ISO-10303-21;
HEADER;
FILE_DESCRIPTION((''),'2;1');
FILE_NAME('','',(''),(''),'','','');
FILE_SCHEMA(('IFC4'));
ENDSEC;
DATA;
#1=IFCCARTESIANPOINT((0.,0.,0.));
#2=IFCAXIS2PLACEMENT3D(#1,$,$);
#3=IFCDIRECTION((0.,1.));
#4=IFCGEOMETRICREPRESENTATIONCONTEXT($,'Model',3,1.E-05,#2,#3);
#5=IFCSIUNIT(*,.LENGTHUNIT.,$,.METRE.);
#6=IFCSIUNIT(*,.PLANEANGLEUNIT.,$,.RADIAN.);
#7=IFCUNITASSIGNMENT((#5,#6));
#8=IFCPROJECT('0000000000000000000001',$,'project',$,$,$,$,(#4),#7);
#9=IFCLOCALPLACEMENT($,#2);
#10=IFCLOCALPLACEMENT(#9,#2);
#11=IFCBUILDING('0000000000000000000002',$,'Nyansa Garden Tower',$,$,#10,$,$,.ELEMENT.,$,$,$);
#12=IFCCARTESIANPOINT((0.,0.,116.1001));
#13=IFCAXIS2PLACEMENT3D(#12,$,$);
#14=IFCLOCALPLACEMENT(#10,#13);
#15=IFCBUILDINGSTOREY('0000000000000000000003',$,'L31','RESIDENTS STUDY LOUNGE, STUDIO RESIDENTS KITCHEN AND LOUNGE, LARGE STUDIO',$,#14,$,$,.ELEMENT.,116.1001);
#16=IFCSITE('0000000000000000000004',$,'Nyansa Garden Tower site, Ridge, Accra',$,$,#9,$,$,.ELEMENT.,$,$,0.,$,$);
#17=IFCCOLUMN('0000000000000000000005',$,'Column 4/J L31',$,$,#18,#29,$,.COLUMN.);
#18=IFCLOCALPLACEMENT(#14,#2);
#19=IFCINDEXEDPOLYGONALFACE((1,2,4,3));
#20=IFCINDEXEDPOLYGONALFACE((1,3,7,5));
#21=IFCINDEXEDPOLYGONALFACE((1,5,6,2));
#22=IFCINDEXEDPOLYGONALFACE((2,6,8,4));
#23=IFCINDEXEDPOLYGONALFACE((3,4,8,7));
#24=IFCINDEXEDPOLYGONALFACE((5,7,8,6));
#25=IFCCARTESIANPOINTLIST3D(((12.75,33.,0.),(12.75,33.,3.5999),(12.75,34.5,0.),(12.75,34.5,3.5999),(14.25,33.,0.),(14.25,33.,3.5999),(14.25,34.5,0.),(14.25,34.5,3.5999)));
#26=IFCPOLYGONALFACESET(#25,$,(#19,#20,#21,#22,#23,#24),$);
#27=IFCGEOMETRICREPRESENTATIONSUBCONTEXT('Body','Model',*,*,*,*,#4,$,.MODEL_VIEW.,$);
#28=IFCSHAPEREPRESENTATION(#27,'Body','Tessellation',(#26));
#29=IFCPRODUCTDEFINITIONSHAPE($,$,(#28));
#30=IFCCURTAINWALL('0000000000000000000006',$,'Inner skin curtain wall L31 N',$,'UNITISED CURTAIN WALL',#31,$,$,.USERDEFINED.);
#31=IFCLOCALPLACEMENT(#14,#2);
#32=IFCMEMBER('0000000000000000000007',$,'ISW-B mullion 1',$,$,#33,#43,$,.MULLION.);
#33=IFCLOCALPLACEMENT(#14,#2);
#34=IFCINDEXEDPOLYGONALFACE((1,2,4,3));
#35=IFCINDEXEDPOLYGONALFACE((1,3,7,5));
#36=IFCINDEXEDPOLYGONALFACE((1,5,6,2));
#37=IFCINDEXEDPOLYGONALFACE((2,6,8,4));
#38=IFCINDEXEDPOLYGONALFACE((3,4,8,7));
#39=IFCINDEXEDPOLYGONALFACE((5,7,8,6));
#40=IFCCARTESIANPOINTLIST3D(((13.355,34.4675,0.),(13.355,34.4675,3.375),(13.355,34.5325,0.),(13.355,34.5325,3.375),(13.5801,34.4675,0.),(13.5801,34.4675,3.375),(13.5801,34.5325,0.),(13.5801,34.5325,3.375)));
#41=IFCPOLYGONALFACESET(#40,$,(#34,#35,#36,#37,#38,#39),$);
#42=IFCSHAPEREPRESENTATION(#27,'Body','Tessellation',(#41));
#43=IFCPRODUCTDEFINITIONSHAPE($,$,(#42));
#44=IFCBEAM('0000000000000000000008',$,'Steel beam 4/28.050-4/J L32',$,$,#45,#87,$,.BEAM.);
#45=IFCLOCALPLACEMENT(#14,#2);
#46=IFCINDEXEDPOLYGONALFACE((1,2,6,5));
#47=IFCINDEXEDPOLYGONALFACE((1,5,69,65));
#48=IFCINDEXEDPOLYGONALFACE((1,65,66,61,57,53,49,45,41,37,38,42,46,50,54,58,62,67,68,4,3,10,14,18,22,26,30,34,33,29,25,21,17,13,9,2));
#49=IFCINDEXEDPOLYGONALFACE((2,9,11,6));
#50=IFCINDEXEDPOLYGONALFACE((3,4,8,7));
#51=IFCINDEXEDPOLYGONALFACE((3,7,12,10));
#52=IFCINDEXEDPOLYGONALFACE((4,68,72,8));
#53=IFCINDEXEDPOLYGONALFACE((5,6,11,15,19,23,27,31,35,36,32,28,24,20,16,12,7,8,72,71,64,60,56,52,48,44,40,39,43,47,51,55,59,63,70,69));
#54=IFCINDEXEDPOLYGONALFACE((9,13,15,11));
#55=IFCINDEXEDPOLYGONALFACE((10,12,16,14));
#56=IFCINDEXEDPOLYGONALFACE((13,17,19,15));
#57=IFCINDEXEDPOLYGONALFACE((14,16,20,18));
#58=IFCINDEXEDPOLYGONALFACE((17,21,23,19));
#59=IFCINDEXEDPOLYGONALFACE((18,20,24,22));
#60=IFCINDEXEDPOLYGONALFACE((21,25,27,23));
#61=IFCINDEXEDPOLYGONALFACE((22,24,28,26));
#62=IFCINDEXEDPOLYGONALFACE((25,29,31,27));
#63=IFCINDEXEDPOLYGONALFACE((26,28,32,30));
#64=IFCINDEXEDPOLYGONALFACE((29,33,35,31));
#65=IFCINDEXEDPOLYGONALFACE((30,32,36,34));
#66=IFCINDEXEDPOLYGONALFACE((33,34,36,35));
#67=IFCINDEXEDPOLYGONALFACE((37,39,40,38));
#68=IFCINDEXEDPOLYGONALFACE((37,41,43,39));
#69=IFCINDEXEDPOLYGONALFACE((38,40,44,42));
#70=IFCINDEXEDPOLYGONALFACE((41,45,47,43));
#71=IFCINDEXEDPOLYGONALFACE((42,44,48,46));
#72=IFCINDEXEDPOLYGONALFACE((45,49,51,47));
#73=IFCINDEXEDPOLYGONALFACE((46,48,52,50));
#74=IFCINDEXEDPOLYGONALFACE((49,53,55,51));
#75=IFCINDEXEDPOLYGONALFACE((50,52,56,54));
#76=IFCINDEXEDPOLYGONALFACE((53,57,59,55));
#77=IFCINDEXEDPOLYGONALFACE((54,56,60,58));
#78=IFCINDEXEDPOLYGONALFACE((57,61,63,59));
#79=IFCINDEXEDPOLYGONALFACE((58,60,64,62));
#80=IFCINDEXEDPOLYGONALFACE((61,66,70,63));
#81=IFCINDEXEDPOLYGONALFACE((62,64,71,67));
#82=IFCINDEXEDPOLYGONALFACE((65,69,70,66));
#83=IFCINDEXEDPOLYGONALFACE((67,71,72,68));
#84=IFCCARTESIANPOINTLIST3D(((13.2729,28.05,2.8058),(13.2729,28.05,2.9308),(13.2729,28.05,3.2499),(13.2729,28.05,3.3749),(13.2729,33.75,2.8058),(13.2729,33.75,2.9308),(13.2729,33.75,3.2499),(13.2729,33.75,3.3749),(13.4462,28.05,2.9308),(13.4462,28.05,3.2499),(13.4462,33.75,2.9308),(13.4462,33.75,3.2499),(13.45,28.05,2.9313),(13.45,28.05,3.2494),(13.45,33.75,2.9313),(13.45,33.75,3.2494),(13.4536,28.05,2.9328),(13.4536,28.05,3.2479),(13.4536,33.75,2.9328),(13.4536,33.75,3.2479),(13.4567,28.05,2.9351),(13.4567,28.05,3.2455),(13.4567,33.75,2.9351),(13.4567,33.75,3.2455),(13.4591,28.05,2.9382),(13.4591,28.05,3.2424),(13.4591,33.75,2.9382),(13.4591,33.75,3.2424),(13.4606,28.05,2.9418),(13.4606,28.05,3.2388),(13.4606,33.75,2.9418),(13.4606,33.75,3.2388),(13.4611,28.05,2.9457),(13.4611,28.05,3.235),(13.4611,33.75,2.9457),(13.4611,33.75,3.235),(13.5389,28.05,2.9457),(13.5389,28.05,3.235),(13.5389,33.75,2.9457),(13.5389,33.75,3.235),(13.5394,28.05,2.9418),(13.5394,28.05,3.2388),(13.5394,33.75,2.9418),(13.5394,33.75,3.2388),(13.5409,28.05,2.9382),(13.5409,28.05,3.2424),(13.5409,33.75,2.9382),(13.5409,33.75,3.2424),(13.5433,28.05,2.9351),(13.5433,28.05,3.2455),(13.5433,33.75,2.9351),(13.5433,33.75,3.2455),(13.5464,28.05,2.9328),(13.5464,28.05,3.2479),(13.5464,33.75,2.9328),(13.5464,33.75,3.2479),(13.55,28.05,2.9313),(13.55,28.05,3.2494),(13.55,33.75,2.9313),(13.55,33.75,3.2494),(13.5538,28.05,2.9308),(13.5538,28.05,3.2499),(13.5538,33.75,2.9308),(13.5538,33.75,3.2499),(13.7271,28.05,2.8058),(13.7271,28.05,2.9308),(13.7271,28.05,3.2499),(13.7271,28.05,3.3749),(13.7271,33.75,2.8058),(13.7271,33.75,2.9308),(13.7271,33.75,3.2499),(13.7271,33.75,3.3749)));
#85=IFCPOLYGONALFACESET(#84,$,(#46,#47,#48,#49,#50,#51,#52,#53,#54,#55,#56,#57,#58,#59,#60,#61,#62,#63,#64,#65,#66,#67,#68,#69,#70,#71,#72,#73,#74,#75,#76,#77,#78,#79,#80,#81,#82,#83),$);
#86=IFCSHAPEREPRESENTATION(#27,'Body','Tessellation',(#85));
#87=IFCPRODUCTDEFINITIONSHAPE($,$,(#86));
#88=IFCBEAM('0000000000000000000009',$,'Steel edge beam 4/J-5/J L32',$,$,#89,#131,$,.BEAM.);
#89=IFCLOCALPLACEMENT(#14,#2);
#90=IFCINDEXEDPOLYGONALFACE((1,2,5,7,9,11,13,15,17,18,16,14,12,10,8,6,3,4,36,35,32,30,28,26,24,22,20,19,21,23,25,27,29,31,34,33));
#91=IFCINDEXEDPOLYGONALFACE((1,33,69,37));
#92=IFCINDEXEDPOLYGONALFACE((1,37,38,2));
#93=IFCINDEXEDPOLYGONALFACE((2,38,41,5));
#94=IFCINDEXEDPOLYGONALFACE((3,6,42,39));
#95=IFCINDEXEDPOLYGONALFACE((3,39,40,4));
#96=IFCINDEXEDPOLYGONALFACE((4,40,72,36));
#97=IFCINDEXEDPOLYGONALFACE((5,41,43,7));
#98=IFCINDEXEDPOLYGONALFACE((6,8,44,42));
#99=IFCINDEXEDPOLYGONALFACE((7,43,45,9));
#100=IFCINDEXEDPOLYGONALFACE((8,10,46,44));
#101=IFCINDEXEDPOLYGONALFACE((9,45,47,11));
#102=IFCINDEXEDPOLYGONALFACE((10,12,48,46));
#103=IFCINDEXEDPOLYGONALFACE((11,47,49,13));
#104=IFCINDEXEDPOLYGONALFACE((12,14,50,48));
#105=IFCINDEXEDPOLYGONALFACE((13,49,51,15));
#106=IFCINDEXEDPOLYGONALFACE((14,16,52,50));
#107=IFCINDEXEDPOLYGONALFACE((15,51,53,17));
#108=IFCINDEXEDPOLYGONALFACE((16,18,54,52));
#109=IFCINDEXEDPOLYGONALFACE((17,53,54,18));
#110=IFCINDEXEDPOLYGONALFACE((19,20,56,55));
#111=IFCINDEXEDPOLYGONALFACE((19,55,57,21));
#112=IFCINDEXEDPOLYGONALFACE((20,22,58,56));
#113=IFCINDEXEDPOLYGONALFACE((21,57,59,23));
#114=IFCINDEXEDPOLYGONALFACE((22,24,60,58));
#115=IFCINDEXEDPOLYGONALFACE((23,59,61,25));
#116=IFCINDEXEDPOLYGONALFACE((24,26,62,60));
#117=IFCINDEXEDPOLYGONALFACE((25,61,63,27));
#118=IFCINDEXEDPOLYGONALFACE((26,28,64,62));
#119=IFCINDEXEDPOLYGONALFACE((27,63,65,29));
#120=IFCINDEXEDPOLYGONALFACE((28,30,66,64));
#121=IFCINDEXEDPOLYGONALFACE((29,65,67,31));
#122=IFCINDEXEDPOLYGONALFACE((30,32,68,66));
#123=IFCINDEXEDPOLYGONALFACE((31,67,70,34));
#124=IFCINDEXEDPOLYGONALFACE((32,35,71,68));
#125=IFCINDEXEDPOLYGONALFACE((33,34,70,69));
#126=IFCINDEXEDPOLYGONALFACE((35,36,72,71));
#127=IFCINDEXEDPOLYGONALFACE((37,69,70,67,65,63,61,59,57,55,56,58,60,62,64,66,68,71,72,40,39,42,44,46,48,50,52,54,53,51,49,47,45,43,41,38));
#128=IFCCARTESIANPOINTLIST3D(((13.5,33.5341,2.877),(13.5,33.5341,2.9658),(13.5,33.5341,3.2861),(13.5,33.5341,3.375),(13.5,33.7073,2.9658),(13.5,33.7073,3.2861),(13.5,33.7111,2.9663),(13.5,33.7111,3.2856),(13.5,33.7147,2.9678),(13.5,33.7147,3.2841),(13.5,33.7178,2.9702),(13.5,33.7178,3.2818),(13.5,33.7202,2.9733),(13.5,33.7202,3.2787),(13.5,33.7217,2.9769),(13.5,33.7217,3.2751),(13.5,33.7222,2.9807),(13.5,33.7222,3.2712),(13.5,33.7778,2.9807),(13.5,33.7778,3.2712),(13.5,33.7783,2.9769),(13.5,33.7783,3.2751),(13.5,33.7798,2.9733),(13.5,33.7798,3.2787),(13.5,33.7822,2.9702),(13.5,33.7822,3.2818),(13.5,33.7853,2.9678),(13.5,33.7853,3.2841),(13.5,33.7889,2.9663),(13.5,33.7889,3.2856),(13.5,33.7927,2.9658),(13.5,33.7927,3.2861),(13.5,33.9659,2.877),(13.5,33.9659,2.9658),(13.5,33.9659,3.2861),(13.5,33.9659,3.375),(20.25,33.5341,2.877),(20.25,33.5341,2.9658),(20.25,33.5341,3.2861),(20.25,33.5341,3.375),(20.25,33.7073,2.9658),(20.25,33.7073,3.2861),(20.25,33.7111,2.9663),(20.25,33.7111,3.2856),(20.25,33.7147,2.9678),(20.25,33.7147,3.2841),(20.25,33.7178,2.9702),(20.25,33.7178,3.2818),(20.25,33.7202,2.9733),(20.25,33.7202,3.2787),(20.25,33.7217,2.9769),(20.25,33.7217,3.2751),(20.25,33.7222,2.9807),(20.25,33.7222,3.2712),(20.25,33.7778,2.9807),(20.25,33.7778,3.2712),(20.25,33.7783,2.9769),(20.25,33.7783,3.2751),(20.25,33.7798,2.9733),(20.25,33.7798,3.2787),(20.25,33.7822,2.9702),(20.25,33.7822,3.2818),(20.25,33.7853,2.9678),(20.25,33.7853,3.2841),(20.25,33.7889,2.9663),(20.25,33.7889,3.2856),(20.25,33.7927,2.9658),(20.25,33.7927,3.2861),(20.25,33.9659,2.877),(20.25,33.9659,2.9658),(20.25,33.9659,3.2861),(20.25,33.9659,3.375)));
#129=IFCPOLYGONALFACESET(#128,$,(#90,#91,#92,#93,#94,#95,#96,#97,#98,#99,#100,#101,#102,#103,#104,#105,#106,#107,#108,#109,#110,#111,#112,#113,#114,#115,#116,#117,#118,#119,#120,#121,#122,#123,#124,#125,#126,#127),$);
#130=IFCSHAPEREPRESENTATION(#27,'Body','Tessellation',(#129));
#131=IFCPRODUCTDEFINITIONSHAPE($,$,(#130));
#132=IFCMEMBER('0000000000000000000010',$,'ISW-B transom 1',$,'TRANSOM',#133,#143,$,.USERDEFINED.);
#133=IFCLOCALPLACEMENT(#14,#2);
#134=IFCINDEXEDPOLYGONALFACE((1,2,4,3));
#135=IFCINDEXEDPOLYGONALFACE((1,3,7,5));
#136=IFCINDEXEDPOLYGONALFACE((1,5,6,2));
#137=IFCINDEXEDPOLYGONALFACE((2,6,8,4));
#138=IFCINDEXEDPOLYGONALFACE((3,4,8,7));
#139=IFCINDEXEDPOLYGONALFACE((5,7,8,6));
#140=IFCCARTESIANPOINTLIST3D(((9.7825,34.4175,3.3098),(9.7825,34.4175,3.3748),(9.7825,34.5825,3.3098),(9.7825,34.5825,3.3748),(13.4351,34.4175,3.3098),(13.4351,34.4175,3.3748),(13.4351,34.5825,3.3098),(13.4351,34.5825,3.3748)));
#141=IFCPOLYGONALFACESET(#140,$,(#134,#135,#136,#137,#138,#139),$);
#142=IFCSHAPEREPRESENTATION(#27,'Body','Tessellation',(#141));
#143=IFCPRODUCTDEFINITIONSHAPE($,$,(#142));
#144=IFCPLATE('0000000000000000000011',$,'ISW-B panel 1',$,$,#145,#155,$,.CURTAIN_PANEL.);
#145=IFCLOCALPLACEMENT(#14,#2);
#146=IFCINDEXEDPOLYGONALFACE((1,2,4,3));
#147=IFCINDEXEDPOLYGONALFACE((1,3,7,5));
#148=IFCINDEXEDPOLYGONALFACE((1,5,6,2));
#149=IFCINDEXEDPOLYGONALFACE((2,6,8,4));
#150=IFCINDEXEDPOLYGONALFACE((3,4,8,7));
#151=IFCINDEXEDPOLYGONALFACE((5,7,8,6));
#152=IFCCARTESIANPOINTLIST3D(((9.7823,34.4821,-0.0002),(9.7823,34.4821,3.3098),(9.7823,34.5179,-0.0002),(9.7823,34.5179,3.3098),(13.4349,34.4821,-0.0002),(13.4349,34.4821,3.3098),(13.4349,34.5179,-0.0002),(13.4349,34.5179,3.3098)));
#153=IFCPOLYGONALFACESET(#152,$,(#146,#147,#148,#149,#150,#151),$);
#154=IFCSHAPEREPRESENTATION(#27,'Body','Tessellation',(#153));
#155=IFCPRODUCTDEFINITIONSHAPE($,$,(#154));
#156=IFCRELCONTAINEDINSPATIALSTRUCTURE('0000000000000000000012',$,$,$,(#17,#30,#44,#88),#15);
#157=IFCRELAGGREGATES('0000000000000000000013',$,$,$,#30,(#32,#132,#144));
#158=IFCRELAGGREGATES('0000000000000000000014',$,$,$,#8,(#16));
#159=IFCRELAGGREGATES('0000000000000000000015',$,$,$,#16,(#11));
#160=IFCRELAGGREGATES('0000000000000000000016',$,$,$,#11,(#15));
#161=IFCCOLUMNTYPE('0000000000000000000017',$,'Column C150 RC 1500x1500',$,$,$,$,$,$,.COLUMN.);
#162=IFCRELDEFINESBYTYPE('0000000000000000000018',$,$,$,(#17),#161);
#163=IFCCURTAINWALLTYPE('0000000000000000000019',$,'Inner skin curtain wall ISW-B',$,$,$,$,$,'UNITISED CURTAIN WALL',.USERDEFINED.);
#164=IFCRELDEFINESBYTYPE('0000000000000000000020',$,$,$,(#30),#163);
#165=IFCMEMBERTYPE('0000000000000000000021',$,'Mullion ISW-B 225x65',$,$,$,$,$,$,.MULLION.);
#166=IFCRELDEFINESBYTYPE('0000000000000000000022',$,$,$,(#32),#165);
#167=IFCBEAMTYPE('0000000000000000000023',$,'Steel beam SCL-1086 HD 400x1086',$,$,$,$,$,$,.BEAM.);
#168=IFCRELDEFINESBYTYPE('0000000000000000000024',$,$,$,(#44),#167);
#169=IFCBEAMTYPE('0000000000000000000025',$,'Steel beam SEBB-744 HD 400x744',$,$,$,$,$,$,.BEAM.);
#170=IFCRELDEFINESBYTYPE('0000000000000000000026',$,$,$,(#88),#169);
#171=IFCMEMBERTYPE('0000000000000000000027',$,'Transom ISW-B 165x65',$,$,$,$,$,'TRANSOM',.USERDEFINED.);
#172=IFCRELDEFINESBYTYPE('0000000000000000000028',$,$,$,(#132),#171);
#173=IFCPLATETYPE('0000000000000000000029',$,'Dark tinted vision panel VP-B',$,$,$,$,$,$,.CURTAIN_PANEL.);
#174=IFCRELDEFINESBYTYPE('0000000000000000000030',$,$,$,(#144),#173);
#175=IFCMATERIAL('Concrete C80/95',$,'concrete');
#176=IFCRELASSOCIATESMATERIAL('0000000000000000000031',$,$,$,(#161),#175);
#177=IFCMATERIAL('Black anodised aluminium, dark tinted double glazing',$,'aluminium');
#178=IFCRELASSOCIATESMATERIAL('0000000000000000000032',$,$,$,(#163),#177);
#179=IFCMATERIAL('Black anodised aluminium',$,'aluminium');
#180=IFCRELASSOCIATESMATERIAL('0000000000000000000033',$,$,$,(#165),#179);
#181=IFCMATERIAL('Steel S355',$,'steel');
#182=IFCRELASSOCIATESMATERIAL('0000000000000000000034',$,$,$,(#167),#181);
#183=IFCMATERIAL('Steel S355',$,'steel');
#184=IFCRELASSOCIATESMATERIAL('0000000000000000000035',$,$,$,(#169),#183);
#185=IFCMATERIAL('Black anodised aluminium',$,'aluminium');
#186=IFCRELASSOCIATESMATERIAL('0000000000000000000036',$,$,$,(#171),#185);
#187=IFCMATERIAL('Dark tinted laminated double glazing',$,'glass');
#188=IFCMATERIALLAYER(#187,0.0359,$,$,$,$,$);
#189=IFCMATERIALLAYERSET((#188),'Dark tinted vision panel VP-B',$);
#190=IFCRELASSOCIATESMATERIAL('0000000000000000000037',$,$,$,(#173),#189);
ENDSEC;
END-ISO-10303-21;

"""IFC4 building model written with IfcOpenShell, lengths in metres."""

from ifc_helpers import new_model, si_unit, direction, frame, origin, origin_2d, place, context, subcontext, project, spatial, rectangle, i_section, extrude, material, layer, layer_set, material_profile, profile_set, type_object, element, aggregate, save


model = new_model("IFC4")

# Units and contexts
model_context = context("Model", 3, precision=1e-05, world=origin(), true_north=direction((0.0, 1.0)))
body_context = subcontext(model_context, "Body", "Model", "MODEL_VIEW")
ifc_project = project(units=[si_unit("LENGTHUNIT", "METRE"), si_unit("PLANEANGLEUNIT", "RADIAN")], contexts=[model_context])

# Site, building, storey
site_placement = place(None, origin())
site = spatial("IfcSite", under=ifc_project, at=site_placement, Name="Nyansa Garden Tower site, Ridge, Accra", CompositionType="ELEMENT", RefElevation=0.0)
building_placement = place(site_placement, origin())
building = spatial("IfcBuilding", under=site, at=building_placement, Name="Nyansa Garden Tower", CompositionType="ELEMENT")
storey_placement = place(building_placement, frame((0.0, 0.0, 116.1001)))
storey = spatial("IfcBuildingStorey", under=building, at=storey_placement, Name="L31", Description="RESIDENTS STUDY LOUNGE, STUDIO RESIDENTS KITCHEN AND LOUNGE, LARGE STUDIO", CompositionType="ELEMENT", Elevation=116.1001)

# Column
ifc_material_1 = material(Name="Concrete C80/95", Category="concrete")
ifc_material_profile_1 = material_profile(ifc_material_1, rectangle(XDim=1.5, YDim=1.5, at=origin_2d()), Name="RC 1500x1500")
ifc_profile_set_1 = profile_set([ifc_material_profile_1], Name="Concrete C80/95")
column_type = type_object("IfcColumnType", Name="Column C150 RC 1500x1500", PredefinedType="COLUMN", material=ifc_profile_set_1)
column_placement = place(storey_placement, frame((13.5, 33.75, 0.0), z_axis=(0.0, 0.0, 1.0), x_axis=(1.0, 0.0, 0.0)))
element("IfcColumn", 1, at=column_placement, inside=storey, type_object=column_type, Name="Column 4/J L31", PredefinedType="COLUMN", context=body_context, shape_type="SweptSolid", body=[
    extrude(rectangle(XDim=1.5, YDim=1.5, at=origin_2d()), origin(), (0.0, 0.0, 1.0), 3.5999),
])

# Curtain wall, member
ifc_material_2 = material(Name="Black anodised aluminium, dark tinted double glazing", Category="aluminium")
curtain_wall_type = type_object("IfcCurtainWallType", Name="Inner skin curtain wall ISW-B", ElementType="UNITISED CURTAIN WALL", PredefinedType="USERDEFINED", material=ifc_material_2)
curtain_wall_placement = place(storey_placement, origin())
curtain_wall = element("IfcCurtainWall", 2, at=curtain_wall_placement, inside=storey, type_object=curtain_wall_type, Name="Inner skin curtain wall L31 N", ObjectType="UNITISED CURTAIN WALL", PredefinedType="USERDEFINED")
ifc_material_3 = material(Name="Black anodised aluminium", Category="aluminium")
ifc_material_profile_2 = material_profile(ifc_material_3, rectangle(XDim=0.0649, YDim=0.2251, at=origin_2d()), Name="Mullion 225x65")
ifc_profile_set_2 = profile_set([ifc_material_profile_2], Name="Black anodised aluminium")
member_type_1 = type_object("IfcMemberType", Name="Mullion ISW-B 225x65", PredefinedType="MULLION", material=ifc_profile_set_2)
member_1_placement = place(storey_placement, frame((13.4675, 34.5, 0.0), z_axis=(0.0, 0.0, 1.0), x_axis=(0.0, -1.0, 0.0)))
member_1 = element("IfcMember", 3, at=member_1_placement, type_object=member_type_1, Name="ISW-B mullion 1", PredefinedType="MULLION", context=body_context, shape_type="SweptSolid", body=[
    extrude(rectangle(XDim=0.0649, YDim=0.2251, at=origin_2d()), origin(), (0.0, 0.0, 1.0), 3.375),
])

# Beams
ifc_material_4 = material(Name="Steel S355", Category="steel")
ifc_material_profile_3 = material_profile(ifc_material_4, i_section(OverallWidth=0.4541, OverallDepth=0.5691, WebThickness=0.0779, FlangeThickness=0.125, FilletRadius=0.0149, at=origin_2d()), Name="HD 400x1086")
ifc_profile_set_3 = profile_set([ifc_material_profile_3], Name="Steel S355")
beam_type_1 = type_object("IfcBeamType", Name="Steel beam SCL-1086 HD 400x1086", PredefinedType="BEAM", material=ifc_profile_set_3)
beam_1_placement = place(storey_placement, frame((13.5, 28.05, 3.0903), z_axis=(0.0, 1.0, 0.0), x_axis=(-1.0, 0.0, 0.0)))
element("IfcBeam", 4, at=beam_1_placement, inside=storey, type_object=beam_type_1, Name="Steel beam 4/28.050-4/J L32", PredefinedType="BEAM", context=body_context, shape_type="SweptSolid", body=[
    extrude(i_section(OverallWidth=0.4541, OverallDepth=0.5691, WebThickness=0.0779, FlangeThickness=0.125, FilletRadius=0.0149, at=origin_2d()), origin(), (0.0, 0.0, 1.0), 5.7),
])
ifc_material_5 = material(Name="Steel S355", Category="steel")
ifc_material_profile_4 = material_profile(ifc_material_5, i_section(OverallWidth=0.4319, OverallDepth=0.498, WebThickness=0.0557, FlangeThickness=0.0889, FilletRadius=0.0149, at=origin_2d()), Name="HD 400x744")
ifc_profile_set_4 = profile_set([ifc_material_profile_4], Name="Steel S355")
beam_type_2 = type_object("IfcBeamType", Name="Steel beam SEBB-744 HD 400x744", PredefinedType="BEAM", material=ifc_profile_set_4)
beam_2_placement = place(storey_placement, frame((13.5, 33.75, 3.126), z_axis=(1.0, 0.0, 0.0), x_axis=(0.0, 1.0, 0.0)))
element("IfcBeam", 5, at=beam_2_placement, inside=storey, type_object=beam_type_2, Name="Steel edge beam 4/J-5/J L32", PredefinedType="BEAM", context=body_context, shape_type="SweptSolid", body=[
    extrude(i_section(OverallWidth=0.4319, OverallDepth=0.498, WebThickness=0.0557, FlangeThickness=0.0889, FilletRadius=0.0149, at=origin_2d()), origin(), (0.0, 0.0, 1.0), 6.75),
])

# Member
ifc_material_6 = material(Name="Black anodised aluminium", Category="aluminium")
ifc_material_profile_5 = material_profile(ifc_material_6, rectangle(XDim=0.165, YDim=0.0649, at=origin_2d()), Name="Transom 165x65")
ifc_profile_set_5 = profile_set([ifc_material_profile_5], Name="Black anodised aluminium")
member_type_2 = type_object("IfcMemberType", Name="Transom ISW-B 165x65", ElementType="TRANSOM", PredefinedType="USERDEFINED", material=ifc_profile_set_5)
member_2_placement = place(storey_placement, frame((13.4351, 34.5, 3.3423), z_axis=(-1.0, 0.0, 0.0), x_axis=(0.0, -1.0, 0.0)))
member_2 = element("IfcMember", 6, at=member_2_placement, type_object=member_type_2, Name="ISW-B transom 1", ObjectType="TRANSOM", PredefinedType="USERDEFINED", context=body_context, shape_type="SweptSolid", body=[
    extrude(rectangle(XDim=0.165, YDim=0.0649, at=origin_2d()), origin(), (0.0, 0.0, 1.0), 3.6526),
])

# Plate
ifc_material_7 = material(Name="Dark tinted laminated double glazing", Category="glass")
ifc_layer_1 = layer(ifc_material_7, 0.0359)
ifc_layer_set_1 = layer_set([ifc_layer_1], Name="Dark tinted vision panel VP-B")
plate_type = type_object("IfcPlateType", Name="Dark tinted vision panel VP-B", PredefinedType="CURTAIN_PANEL", material=ifc_layer_set_1)
plate_placement = place(storey_placement, frame((11.6086, 34.5, -0.0002), z_axis=(0.0, 0.0, 1.0), x_axis=(-1.0, 0.0, 0.0)))
plate = element("IfcPlate", 7, at=plate_placement, type_object=plate_type, Name="ISW-B panel 1", PredefinedType="CURTAIN_PANEL", context=body_context, shape_type="SweptSolid", body=[
    extrude(rectangle(XDim=3.6526, YDim=0.0359, at=origin_2d()), origin(), (0.0, 0.0, 1.0), 3.3101),
])
aggregate(curtain_wall, [member_1, member_2, plate])

save(model, "model.ifc")
